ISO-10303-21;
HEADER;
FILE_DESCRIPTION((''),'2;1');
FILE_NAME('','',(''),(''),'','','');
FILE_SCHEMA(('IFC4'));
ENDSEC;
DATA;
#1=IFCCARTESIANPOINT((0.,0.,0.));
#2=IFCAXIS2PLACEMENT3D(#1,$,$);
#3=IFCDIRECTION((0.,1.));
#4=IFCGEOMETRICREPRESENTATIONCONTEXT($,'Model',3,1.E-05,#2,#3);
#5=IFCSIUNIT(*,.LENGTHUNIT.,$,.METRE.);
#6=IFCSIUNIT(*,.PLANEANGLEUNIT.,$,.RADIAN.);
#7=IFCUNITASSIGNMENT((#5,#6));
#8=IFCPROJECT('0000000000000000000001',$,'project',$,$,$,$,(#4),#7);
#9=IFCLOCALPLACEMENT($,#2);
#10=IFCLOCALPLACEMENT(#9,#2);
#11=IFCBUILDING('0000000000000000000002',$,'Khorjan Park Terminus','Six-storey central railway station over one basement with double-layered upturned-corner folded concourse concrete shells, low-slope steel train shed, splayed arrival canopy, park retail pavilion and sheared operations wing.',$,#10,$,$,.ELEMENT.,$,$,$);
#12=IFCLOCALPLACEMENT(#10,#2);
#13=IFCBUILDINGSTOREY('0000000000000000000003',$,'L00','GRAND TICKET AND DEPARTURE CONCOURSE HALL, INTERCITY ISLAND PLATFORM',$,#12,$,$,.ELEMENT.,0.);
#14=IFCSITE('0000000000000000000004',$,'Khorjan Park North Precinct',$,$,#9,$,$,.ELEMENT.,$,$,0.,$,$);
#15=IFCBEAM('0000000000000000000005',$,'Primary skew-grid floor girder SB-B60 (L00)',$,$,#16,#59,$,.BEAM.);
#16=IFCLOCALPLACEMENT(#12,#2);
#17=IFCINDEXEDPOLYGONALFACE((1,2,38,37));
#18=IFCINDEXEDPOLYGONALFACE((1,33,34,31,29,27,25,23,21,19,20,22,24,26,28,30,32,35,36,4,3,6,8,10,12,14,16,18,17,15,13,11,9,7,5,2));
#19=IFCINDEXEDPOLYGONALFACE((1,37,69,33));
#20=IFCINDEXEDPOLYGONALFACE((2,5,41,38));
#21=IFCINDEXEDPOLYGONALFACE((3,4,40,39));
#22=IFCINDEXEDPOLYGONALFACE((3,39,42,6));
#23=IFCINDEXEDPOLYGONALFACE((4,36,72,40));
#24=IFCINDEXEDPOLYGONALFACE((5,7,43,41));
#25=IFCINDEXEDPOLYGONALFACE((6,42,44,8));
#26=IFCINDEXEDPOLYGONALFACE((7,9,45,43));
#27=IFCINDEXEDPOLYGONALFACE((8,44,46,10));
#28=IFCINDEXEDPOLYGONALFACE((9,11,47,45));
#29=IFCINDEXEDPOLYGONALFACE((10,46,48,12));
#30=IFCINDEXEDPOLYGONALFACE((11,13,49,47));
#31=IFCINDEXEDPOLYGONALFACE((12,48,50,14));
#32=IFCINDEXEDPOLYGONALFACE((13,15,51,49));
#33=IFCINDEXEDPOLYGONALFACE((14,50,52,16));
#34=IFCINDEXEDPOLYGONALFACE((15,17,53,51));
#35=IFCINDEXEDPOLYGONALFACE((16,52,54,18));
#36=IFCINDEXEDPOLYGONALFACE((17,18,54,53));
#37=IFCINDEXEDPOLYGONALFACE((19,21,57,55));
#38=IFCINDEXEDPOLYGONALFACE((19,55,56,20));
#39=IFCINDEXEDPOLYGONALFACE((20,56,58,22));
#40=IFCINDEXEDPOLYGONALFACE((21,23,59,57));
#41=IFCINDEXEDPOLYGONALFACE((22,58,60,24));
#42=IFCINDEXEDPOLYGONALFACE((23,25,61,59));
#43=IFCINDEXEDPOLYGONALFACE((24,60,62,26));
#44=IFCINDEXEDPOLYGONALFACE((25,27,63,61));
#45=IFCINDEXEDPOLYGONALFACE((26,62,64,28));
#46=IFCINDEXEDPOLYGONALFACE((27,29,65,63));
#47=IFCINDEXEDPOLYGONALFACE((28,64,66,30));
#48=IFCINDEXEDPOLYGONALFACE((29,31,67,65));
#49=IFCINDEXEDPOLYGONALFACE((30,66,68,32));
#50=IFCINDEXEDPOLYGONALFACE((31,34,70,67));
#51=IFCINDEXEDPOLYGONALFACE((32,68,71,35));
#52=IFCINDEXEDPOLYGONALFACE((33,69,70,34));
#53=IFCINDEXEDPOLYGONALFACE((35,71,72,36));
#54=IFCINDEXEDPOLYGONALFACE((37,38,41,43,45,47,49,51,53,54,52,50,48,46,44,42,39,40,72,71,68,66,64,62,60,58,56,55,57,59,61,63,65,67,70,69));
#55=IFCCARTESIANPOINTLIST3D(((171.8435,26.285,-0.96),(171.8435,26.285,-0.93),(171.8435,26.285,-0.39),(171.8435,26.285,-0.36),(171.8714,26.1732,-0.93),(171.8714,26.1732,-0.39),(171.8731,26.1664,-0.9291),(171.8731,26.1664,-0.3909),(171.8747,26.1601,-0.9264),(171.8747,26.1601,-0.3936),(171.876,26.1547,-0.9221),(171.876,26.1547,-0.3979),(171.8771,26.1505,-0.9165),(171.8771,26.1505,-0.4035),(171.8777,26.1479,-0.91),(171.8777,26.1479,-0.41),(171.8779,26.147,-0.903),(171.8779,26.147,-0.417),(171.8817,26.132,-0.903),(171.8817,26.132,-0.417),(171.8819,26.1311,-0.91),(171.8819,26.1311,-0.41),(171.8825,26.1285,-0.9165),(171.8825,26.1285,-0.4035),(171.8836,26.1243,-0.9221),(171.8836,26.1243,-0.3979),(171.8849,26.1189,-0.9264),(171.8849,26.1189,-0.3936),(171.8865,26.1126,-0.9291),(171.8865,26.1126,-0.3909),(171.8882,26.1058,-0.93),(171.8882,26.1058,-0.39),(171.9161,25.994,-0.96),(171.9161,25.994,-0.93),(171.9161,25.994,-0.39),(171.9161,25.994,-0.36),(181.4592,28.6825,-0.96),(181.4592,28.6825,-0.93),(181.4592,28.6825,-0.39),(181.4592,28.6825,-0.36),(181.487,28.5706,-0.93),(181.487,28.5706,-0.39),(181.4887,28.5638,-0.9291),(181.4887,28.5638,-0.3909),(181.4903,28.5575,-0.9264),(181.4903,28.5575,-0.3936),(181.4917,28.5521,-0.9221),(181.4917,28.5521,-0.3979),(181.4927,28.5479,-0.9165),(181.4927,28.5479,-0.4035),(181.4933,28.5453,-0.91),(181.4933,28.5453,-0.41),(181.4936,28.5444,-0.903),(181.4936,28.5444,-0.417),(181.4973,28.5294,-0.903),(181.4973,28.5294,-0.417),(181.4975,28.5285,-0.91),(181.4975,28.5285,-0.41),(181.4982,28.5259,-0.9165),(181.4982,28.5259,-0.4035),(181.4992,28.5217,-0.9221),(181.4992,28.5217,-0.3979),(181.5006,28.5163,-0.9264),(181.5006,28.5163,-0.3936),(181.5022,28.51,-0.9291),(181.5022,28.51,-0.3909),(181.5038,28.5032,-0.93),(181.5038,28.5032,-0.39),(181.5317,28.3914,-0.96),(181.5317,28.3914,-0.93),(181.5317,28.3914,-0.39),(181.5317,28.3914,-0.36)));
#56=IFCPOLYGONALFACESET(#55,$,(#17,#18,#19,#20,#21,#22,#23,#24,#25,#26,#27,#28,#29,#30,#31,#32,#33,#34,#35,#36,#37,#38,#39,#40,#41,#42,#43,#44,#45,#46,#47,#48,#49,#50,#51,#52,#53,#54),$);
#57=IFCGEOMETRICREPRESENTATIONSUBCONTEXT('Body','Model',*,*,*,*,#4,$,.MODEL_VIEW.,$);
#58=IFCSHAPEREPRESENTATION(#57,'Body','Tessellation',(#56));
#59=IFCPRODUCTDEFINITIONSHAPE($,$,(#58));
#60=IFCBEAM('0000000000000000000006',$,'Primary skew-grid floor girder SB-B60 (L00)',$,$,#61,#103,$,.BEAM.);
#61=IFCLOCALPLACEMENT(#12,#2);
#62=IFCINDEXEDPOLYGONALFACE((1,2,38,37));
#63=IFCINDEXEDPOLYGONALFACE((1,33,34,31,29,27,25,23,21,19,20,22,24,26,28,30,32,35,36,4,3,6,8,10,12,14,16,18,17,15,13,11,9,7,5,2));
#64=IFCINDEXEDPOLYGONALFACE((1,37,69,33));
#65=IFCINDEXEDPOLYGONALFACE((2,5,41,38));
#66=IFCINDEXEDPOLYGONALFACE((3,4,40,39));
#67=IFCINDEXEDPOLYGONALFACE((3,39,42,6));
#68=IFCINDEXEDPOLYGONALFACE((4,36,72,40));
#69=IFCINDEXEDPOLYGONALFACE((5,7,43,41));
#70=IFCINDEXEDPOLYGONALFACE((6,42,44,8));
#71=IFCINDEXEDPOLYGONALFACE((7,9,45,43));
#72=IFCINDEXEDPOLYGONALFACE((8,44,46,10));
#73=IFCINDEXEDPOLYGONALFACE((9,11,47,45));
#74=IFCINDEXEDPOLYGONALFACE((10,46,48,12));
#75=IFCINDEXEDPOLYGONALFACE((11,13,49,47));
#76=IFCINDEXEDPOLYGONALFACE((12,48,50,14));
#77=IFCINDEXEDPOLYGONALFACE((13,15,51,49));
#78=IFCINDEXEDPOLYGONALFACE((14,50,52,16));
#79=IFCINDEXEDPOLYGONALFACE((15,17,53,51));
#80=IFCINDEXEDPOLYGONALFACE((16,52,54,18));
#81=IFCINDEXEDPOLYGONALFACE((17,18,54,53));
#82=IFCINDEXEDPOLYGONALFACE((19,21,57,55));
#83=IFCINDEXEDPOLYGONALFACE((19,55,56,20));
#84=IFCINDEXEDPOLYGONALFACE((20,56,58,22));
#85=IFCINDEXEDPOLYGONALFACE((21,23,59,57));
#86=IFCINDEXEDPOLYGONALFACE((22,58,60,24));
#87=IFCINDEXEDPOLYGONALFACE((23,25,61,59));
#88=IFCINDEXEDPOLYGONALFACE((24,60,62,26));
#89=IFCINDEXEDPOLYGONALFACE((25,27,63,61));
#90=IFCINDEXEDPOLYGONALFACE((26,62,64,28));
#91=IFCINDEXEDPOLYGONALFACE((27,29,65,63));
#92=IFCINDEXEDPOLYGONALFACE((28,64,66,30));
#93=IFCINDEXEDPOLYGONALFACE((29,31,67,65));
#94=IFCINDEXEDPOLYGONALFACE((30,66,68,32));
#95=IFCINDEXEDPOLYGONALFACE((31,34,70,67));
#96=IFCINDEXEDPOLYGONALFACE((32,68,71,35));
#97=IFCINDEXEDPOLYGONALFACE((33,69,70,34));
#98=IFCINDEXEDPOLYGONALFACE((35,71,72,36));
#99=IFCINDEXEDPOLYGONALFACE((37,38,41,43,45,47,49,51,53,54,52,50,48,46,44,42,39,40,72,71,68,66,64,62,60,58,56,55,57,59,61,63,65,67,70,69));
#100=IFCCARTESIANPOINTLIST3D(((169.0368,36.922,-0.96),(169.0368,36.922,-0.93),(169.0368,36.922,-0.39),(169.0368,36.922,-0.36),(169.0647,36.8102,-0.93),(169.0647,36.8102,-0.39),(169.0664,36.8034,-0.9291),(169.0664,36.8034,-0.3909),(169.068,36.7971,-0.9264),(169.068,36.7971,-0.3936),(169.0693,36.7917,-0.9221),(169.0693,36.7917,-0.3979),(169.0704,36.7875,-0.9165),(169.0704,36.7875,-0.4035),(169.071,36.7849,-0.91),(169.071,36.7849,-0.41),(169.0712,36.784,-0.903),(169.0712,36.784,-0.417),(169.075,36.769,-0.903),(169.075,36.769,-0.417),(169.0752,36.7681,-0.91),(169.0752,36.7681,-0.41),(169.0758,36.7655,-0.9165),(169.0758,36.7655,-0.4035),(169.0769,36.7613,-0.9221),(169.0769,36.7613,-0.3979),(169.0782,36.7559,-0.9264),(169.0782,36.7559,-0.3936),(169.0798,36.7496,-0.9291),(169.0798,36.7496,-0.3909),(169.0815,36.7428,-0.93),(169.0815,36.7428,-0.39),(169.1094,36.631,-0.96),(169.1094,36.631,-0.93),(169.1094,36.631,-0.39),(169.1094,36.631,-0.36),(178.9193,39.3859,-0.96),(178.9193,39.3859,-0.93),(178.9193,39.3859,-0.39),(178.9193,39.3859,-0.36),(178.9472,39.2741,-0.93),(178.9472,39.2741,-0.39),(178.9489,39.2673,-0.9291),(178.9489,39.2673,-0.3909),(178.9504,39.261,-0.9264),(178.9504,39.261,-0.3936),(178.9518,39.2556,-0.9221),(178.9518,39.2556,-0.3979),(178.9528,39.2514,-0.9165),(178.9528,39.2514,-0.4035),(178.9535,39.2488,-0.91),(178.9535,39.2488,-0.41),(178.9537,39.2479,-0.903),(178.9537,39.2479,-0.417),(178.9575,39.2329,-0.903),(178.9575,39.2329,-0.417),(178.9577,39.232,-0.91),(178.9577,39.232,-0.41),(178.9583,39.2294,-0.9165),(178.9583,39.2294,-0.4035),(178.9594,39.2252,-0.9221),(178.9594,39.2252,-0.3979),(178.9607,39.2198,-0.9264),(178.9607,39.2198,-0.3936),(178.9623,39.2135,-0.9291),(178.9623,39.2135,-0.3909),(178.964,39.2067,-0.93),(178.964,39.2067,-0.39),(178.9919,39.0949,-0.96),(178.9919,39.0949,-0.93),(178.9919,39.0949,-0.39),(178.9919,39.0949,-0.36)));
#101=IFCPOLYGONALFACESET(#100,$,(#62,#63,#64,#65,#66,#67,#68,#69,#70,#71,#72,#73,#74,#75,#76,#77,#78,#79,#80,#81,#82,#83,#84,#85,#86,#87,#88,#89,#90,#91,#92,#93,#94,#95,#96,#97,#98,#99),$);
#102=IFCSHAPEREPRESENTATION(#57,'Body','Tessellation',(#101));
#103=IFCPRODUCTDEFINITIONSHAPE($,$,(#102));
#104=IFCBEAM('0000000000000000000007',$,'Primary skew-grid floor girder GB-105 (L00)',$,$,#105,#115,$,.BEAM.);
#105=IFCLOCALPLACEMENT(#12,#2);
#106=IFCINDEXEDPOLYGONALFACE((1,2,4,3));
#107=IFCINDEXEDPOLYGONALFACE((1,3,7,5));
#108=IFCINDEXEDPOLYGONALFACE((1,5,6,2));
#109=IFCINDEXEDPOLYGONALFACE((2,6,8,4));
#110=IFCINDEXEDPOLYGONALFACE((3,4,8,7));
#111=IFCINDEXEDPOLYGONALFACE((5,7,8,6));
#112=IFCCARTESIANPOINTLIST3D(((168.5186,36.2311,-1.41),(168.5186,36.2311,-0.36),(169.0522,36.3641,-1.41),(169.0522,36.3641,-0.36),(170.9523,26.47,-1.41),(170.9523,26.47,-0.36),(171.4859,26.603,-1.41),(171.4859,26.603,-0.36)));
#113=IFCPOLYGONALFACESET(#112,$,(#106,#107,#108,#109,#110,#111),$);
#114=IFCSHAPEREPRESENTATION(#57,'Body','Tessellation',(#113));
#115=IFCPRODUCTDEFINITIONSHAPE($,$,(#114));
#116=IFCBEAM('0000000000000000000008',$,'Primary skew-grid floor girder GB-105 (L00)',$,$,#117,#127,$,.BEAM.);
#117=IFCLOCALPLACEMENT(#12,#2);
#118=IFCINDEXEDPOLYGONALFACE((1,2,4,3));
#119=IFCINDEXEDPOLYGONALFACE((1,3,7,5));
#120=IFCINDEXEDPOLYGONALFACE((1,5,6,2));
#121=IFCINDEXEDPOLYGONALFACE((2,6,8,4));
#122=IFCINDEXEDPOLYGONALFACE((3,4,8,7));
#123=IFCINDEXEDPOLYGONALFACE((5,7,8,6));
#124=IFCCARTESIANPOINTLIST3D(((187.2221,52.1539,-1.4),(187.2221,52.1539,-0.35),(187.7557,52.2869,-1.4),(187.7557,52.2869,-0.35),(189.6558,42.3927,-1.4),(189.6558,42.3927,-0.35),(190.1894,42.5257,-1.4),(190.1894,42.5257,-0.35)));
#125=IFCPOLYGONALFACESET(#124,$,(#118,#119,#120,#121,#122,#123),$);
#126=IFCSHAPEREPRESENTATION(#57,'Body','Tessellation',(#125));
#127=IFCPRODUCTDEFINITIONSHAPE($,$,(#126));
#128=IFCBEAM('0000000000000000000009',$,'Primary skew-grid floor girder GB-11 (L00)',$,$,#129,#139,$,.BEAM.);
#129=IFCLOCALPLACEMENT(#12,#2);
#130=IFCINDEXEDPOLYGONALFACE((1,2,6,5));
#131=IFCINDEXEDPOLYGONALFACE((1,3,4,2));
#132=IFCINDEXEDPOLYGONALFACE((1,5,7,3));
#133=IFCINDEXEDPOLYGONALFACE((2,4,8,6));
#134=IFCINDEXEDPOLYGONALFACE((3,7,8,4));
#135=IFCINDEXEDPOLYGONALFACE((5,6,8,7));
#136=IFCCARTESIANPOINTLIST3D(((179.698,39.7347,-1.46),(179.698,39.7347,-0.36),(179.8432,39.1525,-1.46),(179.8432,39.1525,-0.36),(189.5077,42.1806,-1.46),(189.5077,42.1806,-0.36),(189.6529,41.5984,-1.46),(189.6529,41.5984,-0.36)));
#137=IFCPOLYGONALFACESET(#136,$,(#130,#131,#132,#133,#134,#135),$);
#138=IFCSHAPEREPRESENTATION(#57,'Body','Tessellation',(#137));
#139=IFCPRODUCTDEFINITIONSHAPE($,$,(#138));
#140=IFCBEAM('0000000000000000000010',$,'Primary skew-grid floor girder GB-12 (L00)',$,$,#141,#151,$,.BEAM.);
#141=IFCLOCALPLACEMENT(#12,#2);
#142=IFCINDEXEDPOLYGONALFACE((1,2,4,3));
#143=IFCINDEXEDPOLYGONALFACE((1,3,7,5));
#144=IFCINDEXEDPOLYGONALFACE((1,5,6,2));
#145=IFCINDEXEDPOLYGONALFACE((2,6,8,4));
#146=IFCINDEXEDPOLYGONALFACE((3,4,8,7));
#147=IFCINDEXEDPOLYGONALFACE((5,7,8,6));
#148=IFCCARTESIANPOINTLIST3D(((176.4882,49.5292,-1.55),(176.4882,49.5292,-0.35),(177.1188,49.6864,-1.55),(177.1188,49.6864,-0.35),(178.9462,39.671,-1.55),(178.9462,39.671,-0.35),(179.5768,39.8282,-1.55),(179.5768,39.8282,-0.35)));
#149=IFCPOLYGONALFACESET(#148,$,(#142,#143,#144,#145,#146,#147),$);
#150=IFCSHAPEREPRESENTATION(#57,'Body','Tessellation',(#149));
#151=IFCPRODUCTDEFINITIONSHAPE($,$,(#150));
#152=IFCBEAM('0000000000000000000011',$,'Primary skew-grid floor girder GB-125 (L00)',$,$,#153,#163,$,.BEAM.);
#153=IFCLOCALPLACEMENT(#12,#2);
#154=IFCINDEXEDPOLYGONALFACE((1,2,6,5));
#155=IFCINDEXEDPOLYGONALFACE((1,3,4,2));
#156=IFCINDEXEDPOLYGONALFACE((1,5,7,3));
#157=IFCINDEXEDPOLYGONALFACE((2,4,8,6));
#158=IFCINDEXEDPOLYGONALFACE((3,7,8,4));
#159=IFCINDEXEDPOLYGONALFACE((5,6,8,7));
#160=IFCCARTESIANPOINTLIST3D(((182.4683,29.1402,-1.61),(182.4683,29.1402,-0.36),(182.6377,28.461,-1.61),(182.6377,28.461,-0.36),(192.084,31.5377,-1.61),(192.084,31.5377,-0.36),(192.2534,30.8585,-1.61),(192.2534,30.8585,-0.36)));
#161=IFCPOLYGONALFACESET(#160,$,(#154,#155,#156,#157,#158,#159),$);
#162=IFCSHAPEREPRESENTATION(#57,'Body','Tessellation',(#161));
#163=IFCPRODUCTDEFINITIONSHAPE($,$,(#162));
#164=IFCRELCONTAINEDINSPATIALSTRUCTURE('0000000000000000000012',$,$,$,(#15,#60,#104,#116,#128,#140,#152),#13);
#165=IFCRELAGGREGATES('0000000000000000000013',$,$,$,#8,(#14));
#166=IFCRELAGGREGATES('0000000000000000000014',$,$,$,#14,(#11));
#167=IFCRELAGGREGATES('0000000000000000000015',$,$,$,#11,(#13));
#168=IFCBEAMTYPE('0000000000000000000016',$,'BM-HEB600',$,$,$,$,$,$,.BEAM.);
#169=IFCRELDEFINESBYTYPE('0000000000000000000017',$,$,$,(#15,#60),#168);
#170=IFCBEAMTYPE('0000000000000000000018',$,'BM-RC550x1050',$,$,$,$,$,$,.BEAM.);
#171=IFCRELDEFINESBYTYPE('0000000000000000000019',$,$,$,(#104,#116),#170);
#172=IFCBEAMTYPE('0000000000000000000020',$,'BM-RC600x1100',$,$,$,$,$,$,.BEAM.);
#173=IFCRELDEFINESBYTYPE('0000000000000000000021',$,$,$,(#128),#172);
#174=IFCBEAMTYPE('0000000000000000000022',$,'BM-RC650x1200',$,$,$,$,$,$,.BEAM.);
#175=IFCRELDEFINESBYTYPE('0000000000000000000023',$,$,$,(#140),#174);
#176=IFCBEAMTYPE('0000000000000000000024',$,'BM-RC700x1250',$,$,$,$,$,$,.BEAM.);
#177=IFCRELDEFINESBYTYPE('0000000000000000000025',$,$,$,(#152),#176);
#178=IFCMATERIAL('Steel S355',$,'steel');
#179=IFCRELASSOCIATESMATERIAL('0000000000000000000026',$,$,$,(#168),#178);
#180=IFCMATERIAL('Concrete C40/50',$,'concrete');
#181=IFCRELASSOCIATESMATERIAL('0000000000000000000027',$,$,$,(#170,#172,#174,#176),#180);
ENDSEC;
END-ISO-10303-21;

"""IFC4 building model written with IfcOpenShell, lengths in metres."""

from ifc_helpers import new_model, si_unit, direction, frame, origin, origin_2d, place, context, subcontext, project, spatial, rectangle, i_section, extrude, material, material_profile, profile_set, type_object, element, save


model = new_model("IFC4")

# Units and contexts
model_context = context("Model", 3, precision=1e-05, world=origin(), true_north=direction((0.0, 1.0)))
body_context = subcontext(model_context, "Body", "Model", "MODEL_VIEW")
ifc_project = project(units=[si_unit("LENGTHUNIT", "METRE"), si_unit("PLANEANGLEUNIT", "RADIAN")], contexts=[model_context])

# Site, building, storey
site_placement = place(None, origin())
site = spatial("IfcSite", under=ifc_project, at=site_placement, Name="Khorjan Park North Precinct", CompositionType="ELEMENT", RefElevation=0.0)
building_placement = place(site_placement, origin())
building = spatial("IfcBuilding", under=site, at=building_placement, Name="Khorjan Park Terminus", Description="Six-storey central railway station over one basement with double-layered upturned-corner folded concourse concrete shells, low-slope steel train shed, splayed arrival canopy, park retail pavilion and sheared operations wing.", CompositionType="ELEMENT")
storey_placement = place(building_placement, origin())
storey = spatial("IfcBuildingStorey", under=building, at=storey_placement, Name="L00", Description="GRAND TICKET AND DEPARTURE CONCOURSE HALL, INTERCITY ISLAND PLATFORM", CompositionType="ELEMENT", Elevation=0.0)

# Shared definitions
ifc_material_1 = material(Name="Concrete C40/50", Category="concrete")

# Beams
ifc_material_2 = material(Name="Steel S355", Category="steel")
ifc_material_profile_1 = material_profile(ifc_material_2, i_section(OverallWidth=0.3, OverallDepth=0.6, WebThickness=0.0155, FlangeThickness=0.03, FilletRadius=0.027, at=origin_2d()), Name="HEB 600")
ifc_profile_set_1 = profile_set([ifc_material_profile_1], Name="Steel S355")
beam_type_1 = type_object("IfcBeamType", Name="BM-HEB600", PredefinedType="BEAM", material=ifc_profile_set_1)
beam_1_placement = place(storey_placement, frame((171.8798, 26.1395, -0.66), z_axis=(0.970297, 0.241918, 0.0), x_axis=(-0.241918, 0.970297, 0.0)))
element("IfcBeam", 1, at=beam_1_placement, inside=storey, type_object=beam_type_1, Name="Primary skew-grid floor girder SB-B60 (L00)", PredefinedType="BEAM", context=body_context, shape_type="SweptSolid", body=[
    extrude(i_section(OverallWidth=0.3, OverallDepth=0.6, WebThickness=0.0155, FlangeThickness=0.03, FilletRadius=0.027, at=origin_2d()), origin(), (0.0, 0.0, 1.0), 9.91),
])
beam_2_placement = place(storey_placement, frame((169.0731, 36.7765, -0.66), z_axis=(0.970298, 0.241914, 0.0), x_axis=(-0.241914, 0.970298, 0.0)))
element("IfcBeam", 2, at=beam_2_placement, inside=storey, type_object=beam_type_1, Name="Primary skew-grid floor girder SB-B60 (L00)", PredefinedType="BEAM", context=body_context, shape_type="SweptSolid", body=[
    extrude(i_section(OverallWidth=0.3, OverallDepth=0.6, WebThickness=0.0155, FlangeThickness=0.03, FilletRadius=0.027, at=origin_2d()), origin(), (0.0, 0.0, 1.0), 10.185),
])
ifc_material_profile_2 = material_profile(ifc_material_1, rectangle(XDim=0.55, YDim=1.05, at=origin_2d()), Name="RC 550x1050")
ifc_profile_set_2 = profile_set([ifc_material_profile_2], Name="Concrete C40/50")
beam_type_2 = type_object("IfcBeamType", Name="BM-RC550x1050", PredefinedType="BEAM", material=ifc_profile_set_2)
beam_3_placement = place(storey_placement, frame((171.2191, 26.5365, -0.885), z_axis=(-0.24192, 0.970296, 0.0), x_axis=(-0.970296, -0.24192, 0.0)))
element("IfcBeam", 3, at=beam_3_placement, inside=storey, type_object=beam_type_2, Name="Primary skew-grid floor girder GB-105 (L00)", PredefinedType="BEAM", context=body_context, shape_type="SweptSolid", body=[
    extrude(rectangle(XDim=0.55, YDim=1.05, at=origin_2d()), origin(), (0.0, 0.0, 1.0), 10.0599),
])
beam_4_placement = place(storey_placement, frame((189.9226, 42.4592, -0.875), z_axis=(-0.241918, 0.970297, 0.0), x_axis=(-0.970297, -0.241918, 0.0)))
element("IfcBeam", 4, at=beam_4_placement, inside=storey, type_object=beam_type_2, Name="Primary skew-grid floor girder GB-105 (L00)", PredefinedType="BEAM", context=body_context, shape_type="SweptSolid", body=[
    extrude(rectangle(XDim=0.55, YDim=1.05, at=origin_2d()), origin(), (0.0, 0.0, 1.0), 10.06),
])
ifc_material_profile_3 = material_profile(ifc_material_1, rectangle(XDim=0.6, YDim=1.1, at=origin_2d()), Name="RC 600x1100")
ifc_profile_set_3 = profile_set([ifc_material_profile_3], Name="Concrete C40/50")
beam_type_3 = type_object("IfcBeamType", Name="BM-RC600x1100", PredefinedType="BEAM", material=ifc_profile_set_3)
beam_5_placement = place(storey_placement, frame((179.7706, 39.4436, -0.91), z_axis=(0.970294, 0.241928, 0.0), x_axis=(-0.241928, 0.970294, 0.0)))
element("IfcBeam", 5, at=beam_5_placement, inside=storey, type_object=beam_type_3, Name="Primary skew-grid floor girder GB-11 (L00)", PredefinedType="BEAM", context=body_context, shape_type="SweptSolid", body=[
    extrude(rectangle(XDim=0.6, YDim=1.1, at=origin_2d()), origin(), (0.0, 0.0, 1.0), 10.11),
])
ifc_material_profile_4 = material_profile(ifc_material_1, rectangle(XDim=0.65, YDim=1.2, at=origin_2d()), Name="RC 650x1200")
ifc_profile_set_4 = profile_set([ifc_material_profile_4], Name="Concrete C40/50")
beam_type_4 = type_object("IfcBeamType", Name="BM-RC650x1200", PredefinedType="BEAM", material=ifc_profile_set_4)
beam_6_placement = place(storey_placement, frame((179.2615, 39.7496, -0.95), z_axis=(-0.241929, 0.970294, 0.0), x_axis=(-0.970294, -0.241929, 0.0)))
element("IfcBeam", 6, at=beam_6_placement, inside=storey, type_object=beam_type_4, Name="Primary skew-grid floor girder GB-12 (L00)", PredefinedType="BEAM", context=body_context, shape_type="SweptSolid", body=[
    extrude(rectangle(XDim=0.65, YDim=1.2, at=origin_2d()), origin(), (0.0, 0.0, 1.0), 10.16),
])
ifc_material_profile_5 = material_profile(ifc_material_1, rectangle(XDim=0.7, YDim=1.25, at=origin_2d()), Name="RC 700x1250")
ifc_profile_set_5 = profile_set([ifc_material_profile_5], Name="Concrete C40/50")
beam_type_5 = type_object("IfcBeamType", Name="BM-RC700x1250", PredefinedType="BEAM", material=ifc_profile_set_5)
beam_7_placement = place(storey_placement, frame((182.553, 28.8006, -0.985), z_axis=(0.970295, 0.241925, 0.0), x_axis=(-0.241925, 0.970295, 0.0)))
element("IfcBeam", 7, at=beam_7_placement, inside=storey, type_object=beam_type_5, Name="Primary skew-grid floor girder GB-125 (L00)", PredefinedType="BEAM", context=body_context, shape_type="SweptSolid", body=[
    extrude(rectangle(XDim=0.7, YDim=1.25, at=origin_2d()), origin(), (0.0, 0.0, 1.0), 9.9101),
])

save(model, "model.ifc")
